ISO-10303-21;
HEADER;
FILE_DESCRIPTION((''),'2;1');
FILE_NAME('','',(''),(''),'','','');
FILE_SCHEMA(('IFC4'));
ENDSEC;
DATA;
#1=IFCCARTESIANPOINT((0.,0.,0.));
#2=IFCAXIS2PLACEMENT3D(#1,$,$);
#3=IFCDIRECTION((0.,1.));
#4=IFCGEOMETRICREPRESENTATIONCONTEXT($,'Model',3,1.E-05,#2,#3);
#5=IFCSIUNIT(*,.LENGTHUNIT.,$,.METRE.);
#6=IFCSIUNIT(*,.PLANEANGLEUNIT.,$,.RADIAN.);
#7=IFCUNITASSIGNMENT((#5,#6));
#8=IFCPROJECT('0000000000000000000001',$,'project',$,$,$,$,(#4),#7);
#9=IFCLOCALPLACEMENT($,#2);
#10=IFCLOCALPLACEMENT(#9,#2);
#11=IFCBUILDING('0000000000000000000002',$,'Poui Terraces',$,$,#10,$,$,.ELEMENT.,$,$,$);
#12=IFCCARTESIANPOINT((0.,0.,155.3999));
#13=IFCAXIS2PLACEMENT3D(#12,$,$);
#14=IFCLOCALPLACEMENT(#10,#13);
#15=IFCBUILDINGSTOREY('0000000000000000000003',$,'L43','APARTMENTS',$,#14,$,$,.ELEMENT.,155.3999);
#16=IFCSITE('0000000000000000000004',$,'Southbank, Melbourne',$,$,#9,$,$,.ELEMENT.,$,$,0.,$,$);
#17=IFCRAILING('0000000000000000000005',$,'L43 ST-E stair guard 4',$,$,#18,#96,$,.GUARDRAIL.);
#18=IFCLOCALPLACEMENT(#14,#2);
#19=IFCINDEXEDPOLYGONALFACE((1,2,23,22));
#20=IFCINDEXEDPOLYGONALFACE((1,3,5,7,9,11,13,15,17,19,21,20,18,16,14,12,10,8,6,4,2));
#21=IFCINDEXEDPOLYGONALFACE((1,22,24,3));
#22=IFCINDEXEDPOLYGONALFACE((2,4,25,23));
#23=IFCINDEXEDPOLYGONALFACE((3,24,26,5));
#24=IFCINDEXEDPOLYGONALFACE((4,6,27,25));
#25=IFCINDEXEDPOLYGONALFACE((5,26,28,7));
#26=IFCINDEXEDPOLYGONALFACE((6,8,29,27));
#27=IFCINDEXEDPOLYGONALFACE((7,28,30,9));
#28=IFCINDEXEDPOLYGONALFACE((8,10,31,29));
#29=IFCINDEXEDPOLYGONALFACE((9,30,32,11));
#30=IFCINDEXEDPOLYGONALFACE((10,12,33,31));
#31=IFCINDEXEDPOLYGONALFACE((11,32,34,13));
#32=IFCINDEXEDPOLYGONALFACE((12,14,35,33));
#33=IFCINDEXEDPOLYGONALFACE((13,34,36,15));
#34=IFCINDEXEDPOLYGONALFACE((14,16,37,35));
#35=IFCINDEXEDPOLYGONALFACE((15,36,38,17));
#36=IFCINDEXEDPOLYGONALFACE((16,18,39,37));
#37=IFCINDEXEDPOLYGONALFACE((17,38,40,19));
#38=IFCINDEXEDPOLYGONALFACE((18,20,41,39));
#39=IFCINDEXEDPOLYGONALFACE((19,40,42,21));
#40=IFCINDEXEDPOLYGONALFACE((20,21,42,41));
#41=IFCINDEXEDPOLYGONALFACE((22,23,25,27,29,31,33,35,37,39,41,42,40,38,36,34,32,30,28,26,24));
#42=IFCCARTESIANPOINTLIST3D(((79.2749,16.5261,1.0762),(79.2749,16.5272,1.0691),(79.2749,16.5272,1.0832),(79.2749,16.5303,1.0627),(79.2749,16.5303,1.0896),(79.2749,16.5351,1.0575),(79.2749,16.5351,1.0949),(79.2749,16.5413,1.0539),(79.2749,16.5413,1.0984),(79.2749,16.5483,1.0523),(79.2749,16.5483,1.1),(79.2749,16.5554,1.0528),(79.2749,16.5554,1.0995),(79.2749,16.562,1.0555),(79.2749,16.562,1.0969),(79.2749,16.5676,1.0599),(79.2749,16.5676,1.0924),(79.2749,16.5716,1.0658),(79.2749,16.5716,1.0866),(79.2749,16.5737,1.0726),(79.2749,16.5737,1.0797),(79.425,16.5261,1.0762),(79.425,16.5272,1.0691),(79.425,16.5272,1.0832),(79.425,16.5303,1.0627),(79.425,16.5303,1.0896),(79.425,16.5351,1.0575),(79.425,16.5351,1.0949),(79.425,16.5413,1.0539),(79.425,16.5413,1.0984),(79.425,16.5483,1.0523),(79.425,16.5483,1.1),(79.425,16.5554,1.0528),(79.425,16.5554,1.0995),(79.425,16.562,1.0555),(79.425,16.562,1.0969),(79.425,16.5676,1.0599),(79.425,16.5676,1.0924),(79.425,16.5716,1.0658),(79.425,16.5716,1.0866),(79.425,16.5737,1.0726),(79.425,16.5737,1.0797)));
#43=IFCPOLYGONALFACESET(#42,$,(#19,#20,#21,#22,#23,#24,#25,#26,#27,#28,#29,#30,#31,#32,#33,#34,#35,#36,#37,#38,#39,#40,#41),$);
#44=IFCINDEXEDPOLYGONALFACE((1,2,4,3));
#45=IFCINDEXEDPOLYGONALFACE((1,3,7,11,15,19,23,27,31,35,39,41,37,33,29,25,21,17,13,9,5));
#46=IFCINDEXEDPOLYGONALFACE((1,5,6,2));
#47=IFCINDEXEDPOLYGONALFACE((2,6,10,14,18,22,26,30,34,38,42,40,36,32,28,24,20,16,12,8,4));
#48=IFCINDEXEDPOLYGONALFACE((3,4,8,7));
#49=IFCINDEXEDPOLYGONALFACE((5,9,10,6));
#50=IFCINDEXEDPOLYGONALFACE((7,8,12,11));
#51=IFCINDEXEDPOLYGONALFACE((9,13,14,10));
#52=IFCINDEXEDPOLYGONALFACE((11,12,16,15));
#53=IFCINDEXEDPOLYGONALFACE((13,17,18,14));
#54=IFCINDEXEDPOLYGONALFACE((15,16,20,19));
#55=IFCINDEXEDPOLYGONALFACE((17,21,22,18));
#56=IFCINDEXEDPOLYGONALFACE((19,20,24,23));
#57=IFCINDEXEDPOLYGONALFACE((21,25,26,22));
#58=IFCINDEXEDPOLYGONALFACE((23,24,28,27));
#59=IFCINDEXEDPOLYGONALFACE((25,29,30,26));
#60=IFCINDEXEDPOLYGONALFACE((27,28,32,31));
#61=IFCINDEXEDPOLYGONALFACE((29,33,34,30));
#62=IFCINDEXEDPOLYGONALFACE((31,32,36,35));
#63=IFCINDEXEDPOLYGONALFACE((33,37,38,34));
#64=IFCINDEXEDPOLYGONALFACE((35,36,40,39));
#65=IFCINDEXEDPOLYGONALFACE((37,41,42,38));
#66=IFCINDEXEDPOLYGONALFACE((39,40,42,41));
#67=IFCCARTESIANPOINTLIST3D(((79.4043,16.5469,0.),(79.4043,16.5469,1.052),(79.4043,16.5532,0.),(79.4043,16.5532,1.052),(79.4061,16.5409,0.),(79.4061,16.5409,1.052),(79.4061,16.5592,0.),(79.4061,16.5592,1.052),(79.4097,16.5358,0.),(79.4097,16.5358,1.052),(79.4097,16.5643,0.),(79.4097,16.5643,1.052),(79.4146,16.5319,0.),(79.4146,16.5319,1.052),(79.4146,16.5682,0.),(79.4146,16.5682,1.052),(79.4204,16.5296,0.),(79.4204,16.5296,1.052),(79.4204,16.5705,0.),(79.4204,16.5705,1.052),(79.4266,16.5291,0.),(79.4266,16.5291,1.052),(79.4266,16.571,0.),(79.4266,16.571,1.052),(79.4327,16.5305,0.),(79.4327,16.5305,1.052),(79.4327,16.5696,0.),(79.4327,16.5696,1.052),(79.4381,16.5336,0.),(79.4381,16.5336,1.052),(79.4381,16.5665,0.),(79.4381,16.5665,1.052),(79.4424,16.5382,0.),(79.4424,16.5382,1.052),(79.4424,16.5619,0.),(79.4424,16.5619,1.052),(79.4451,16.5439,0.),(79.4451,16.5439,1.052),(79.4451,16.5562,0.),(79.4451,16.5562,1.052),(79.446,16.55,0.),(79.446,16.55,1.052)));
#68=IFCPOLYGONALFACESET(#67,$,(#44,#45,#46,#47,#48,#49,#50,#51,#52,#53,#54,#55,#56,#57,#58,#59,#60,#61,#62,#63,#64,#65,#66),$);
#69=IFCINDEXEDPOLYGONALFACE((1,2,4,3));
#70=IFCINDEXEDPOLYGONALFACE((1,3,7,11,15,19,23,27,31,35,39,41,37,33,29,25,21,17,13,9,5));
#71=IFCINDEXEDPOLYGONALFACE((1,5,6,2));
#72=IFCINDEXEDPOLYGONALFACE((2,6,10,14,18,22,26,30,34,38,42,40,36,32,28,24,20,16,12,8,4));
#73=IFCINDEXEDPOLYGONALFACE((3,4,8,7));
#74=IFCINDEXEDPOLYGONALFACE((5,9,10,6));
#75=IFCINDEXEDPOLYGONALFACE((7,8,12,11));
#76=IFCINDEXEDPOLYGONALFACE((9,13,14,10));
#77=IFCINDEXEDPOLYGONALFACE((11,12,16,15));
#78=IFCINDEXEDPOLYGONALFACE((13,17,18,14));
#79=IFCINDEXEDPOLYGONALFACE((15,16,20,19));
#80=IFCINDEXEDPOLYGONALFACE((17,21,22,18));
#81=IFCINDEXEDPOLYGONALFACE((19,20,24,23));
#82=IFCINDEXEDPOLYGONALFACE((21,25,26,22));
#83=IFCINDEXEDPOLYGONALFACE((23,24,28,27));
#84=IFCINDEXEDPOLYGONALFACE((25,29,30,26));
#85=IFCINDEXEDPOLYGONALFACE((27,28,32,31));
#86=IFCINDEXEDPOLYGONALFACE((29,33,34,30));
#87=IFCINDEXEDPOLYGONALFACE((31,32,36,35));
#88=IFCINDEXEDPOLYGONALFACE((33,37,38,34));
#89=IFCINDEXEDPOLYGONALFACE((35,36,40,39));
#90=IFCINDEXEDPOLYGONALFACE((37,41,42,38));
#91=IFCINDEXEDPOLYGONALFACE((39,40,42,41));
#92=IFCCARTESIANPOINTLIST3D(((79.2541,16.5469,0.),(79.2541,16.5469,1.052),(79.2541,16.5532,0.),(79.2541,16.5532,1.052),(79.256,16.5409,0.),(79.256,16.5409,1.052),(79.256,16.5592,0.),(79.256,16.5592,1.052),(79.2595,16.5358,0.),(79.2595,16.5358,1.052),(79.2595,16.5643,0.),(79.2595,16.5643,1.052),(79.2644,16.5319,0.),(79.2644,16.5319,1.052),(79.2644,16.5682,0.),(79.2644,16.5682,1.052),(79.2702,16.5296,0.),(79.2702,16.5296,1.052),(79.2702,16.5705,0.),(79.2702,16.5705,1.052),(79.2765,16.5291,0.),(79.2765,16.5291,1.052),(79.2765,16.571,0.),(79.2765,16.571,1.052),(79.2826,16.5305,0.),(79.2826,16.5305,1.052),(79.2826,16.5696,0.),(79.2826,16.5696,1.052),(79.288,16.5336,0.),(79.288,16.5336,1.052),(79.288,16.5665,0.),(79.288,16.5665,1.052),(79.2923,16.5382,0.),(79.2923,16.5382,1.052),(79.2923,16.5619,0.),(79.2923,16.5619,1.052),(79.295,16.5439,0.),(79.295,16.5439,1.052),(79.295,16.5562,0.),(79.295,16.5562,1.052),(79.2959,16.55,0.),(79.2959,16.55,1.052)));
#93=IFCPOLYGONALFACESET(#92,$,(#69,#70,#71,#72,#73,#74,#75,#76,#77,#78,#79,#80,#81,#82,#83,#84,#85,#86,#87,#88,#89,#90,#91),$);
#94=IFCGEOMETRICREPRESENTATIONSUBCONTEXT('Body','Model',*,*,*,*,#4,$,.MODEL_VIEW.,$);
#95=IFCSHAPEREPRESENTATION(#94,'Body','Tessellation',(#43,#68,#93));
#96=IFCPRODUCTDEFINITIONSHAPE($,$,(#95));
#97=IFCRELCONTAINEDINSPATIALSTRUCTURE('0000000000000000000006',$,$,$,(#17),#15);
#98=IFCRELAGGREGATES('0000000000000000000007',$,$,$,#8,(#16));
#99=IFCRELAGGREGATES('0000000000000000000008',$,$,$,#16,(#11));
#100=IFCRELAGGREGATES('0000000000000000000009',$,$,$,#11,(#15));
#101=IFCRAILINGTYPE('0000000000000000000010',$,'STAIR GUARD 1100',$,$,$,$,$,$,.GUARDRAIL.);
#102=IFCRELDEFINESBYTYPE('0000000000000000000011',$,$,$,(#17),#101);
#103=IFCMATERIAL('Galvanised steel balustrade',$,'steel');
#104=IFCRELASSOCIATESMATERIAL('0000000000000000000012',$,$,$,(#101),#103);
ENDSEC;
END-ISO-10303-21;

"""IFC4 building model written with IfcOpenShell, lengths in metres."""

from ifc_helpers import new_model, si_unit, direction, frame, origin, origin_2d, place, context, subcontext, project, spatial, circle, extrude, material, type_object, element, save


model = new_model("IFC4")

# Units and contexts
model_context = context("Model", 3, precision=1e-05, world=origin(), true_north=direction((0.0, 1.0)))
body_context = subcontext(model_context, "Body", "Model", "MODEL_VIEW")
ifc_project = project(units=[si_unit("LENGTHUNIT", "METRE"), si_unit("PLANEANGLEUNIT", "RADIAN")], contexts=[model_context])

# Site, building, storey
site_placement = place(None, origin())
site = spatial("IfcSite", under=ifc_project, at=site_placement, Name="Southbank, Melbourne", CompositionType="ELEMENT", RefElevation=0.0)
building_placement = place(site_placement, origin())
building = spatial("IfcBuilding", under=site, at=building_placement, Name="Poui Terraces", CompositionType="ELEMENT")
storey_placement = place(building_placement, frame((0.0, 0.0, 155.3999)))
storey = spatial("IfcBuildingStorey", under=building, at=storey_placement, Name="L43", Description="APARTMENTS", CompositionType="ELEMENT", Elevation=155.3999)

# Railing
ifc_material_1 = material(Name="Galvanised steel balustrade", Category="steel")
railing_type_1 = type_object("IfcRailingType", Name="STAIR GUARD 1100", PredefinedType="GUARDRAIL", material=ifc_material_1)
railing_1_placement = place(storey_placement, frame((79.425, 16.55, 0.0)))
element("IfcRailing", 1, at=railing_1_placement, inside=storey, type_object=railing_type_1, Name="L43 ST-E stair guard 4", PredefinedType="GUARDRAIL", context=body_context, shape_type="SweptSolid", body=[
    extrude(circle(Radius=0.0239, at=origin_2d()), frame((0.0, 0.0, 1.0762), z_axis=(-1.0, 0.0, 0.0), x_axis=(0.0, -1.0, 0.0)), (0.0, 0.0, 1.0), 0.1501),
    extrude(circle(Radius=0.021, at=origin_2d()), origin(), (0.0, 0.0, 1.0), 1.052),
    extrude(circle(Radius=0.021, at=origin_2d()), frame((-0.1501, 0.0, 0.0)), (0.0, 0.0, 1.0), 1.052),
])

save(model, "model.ifc")
